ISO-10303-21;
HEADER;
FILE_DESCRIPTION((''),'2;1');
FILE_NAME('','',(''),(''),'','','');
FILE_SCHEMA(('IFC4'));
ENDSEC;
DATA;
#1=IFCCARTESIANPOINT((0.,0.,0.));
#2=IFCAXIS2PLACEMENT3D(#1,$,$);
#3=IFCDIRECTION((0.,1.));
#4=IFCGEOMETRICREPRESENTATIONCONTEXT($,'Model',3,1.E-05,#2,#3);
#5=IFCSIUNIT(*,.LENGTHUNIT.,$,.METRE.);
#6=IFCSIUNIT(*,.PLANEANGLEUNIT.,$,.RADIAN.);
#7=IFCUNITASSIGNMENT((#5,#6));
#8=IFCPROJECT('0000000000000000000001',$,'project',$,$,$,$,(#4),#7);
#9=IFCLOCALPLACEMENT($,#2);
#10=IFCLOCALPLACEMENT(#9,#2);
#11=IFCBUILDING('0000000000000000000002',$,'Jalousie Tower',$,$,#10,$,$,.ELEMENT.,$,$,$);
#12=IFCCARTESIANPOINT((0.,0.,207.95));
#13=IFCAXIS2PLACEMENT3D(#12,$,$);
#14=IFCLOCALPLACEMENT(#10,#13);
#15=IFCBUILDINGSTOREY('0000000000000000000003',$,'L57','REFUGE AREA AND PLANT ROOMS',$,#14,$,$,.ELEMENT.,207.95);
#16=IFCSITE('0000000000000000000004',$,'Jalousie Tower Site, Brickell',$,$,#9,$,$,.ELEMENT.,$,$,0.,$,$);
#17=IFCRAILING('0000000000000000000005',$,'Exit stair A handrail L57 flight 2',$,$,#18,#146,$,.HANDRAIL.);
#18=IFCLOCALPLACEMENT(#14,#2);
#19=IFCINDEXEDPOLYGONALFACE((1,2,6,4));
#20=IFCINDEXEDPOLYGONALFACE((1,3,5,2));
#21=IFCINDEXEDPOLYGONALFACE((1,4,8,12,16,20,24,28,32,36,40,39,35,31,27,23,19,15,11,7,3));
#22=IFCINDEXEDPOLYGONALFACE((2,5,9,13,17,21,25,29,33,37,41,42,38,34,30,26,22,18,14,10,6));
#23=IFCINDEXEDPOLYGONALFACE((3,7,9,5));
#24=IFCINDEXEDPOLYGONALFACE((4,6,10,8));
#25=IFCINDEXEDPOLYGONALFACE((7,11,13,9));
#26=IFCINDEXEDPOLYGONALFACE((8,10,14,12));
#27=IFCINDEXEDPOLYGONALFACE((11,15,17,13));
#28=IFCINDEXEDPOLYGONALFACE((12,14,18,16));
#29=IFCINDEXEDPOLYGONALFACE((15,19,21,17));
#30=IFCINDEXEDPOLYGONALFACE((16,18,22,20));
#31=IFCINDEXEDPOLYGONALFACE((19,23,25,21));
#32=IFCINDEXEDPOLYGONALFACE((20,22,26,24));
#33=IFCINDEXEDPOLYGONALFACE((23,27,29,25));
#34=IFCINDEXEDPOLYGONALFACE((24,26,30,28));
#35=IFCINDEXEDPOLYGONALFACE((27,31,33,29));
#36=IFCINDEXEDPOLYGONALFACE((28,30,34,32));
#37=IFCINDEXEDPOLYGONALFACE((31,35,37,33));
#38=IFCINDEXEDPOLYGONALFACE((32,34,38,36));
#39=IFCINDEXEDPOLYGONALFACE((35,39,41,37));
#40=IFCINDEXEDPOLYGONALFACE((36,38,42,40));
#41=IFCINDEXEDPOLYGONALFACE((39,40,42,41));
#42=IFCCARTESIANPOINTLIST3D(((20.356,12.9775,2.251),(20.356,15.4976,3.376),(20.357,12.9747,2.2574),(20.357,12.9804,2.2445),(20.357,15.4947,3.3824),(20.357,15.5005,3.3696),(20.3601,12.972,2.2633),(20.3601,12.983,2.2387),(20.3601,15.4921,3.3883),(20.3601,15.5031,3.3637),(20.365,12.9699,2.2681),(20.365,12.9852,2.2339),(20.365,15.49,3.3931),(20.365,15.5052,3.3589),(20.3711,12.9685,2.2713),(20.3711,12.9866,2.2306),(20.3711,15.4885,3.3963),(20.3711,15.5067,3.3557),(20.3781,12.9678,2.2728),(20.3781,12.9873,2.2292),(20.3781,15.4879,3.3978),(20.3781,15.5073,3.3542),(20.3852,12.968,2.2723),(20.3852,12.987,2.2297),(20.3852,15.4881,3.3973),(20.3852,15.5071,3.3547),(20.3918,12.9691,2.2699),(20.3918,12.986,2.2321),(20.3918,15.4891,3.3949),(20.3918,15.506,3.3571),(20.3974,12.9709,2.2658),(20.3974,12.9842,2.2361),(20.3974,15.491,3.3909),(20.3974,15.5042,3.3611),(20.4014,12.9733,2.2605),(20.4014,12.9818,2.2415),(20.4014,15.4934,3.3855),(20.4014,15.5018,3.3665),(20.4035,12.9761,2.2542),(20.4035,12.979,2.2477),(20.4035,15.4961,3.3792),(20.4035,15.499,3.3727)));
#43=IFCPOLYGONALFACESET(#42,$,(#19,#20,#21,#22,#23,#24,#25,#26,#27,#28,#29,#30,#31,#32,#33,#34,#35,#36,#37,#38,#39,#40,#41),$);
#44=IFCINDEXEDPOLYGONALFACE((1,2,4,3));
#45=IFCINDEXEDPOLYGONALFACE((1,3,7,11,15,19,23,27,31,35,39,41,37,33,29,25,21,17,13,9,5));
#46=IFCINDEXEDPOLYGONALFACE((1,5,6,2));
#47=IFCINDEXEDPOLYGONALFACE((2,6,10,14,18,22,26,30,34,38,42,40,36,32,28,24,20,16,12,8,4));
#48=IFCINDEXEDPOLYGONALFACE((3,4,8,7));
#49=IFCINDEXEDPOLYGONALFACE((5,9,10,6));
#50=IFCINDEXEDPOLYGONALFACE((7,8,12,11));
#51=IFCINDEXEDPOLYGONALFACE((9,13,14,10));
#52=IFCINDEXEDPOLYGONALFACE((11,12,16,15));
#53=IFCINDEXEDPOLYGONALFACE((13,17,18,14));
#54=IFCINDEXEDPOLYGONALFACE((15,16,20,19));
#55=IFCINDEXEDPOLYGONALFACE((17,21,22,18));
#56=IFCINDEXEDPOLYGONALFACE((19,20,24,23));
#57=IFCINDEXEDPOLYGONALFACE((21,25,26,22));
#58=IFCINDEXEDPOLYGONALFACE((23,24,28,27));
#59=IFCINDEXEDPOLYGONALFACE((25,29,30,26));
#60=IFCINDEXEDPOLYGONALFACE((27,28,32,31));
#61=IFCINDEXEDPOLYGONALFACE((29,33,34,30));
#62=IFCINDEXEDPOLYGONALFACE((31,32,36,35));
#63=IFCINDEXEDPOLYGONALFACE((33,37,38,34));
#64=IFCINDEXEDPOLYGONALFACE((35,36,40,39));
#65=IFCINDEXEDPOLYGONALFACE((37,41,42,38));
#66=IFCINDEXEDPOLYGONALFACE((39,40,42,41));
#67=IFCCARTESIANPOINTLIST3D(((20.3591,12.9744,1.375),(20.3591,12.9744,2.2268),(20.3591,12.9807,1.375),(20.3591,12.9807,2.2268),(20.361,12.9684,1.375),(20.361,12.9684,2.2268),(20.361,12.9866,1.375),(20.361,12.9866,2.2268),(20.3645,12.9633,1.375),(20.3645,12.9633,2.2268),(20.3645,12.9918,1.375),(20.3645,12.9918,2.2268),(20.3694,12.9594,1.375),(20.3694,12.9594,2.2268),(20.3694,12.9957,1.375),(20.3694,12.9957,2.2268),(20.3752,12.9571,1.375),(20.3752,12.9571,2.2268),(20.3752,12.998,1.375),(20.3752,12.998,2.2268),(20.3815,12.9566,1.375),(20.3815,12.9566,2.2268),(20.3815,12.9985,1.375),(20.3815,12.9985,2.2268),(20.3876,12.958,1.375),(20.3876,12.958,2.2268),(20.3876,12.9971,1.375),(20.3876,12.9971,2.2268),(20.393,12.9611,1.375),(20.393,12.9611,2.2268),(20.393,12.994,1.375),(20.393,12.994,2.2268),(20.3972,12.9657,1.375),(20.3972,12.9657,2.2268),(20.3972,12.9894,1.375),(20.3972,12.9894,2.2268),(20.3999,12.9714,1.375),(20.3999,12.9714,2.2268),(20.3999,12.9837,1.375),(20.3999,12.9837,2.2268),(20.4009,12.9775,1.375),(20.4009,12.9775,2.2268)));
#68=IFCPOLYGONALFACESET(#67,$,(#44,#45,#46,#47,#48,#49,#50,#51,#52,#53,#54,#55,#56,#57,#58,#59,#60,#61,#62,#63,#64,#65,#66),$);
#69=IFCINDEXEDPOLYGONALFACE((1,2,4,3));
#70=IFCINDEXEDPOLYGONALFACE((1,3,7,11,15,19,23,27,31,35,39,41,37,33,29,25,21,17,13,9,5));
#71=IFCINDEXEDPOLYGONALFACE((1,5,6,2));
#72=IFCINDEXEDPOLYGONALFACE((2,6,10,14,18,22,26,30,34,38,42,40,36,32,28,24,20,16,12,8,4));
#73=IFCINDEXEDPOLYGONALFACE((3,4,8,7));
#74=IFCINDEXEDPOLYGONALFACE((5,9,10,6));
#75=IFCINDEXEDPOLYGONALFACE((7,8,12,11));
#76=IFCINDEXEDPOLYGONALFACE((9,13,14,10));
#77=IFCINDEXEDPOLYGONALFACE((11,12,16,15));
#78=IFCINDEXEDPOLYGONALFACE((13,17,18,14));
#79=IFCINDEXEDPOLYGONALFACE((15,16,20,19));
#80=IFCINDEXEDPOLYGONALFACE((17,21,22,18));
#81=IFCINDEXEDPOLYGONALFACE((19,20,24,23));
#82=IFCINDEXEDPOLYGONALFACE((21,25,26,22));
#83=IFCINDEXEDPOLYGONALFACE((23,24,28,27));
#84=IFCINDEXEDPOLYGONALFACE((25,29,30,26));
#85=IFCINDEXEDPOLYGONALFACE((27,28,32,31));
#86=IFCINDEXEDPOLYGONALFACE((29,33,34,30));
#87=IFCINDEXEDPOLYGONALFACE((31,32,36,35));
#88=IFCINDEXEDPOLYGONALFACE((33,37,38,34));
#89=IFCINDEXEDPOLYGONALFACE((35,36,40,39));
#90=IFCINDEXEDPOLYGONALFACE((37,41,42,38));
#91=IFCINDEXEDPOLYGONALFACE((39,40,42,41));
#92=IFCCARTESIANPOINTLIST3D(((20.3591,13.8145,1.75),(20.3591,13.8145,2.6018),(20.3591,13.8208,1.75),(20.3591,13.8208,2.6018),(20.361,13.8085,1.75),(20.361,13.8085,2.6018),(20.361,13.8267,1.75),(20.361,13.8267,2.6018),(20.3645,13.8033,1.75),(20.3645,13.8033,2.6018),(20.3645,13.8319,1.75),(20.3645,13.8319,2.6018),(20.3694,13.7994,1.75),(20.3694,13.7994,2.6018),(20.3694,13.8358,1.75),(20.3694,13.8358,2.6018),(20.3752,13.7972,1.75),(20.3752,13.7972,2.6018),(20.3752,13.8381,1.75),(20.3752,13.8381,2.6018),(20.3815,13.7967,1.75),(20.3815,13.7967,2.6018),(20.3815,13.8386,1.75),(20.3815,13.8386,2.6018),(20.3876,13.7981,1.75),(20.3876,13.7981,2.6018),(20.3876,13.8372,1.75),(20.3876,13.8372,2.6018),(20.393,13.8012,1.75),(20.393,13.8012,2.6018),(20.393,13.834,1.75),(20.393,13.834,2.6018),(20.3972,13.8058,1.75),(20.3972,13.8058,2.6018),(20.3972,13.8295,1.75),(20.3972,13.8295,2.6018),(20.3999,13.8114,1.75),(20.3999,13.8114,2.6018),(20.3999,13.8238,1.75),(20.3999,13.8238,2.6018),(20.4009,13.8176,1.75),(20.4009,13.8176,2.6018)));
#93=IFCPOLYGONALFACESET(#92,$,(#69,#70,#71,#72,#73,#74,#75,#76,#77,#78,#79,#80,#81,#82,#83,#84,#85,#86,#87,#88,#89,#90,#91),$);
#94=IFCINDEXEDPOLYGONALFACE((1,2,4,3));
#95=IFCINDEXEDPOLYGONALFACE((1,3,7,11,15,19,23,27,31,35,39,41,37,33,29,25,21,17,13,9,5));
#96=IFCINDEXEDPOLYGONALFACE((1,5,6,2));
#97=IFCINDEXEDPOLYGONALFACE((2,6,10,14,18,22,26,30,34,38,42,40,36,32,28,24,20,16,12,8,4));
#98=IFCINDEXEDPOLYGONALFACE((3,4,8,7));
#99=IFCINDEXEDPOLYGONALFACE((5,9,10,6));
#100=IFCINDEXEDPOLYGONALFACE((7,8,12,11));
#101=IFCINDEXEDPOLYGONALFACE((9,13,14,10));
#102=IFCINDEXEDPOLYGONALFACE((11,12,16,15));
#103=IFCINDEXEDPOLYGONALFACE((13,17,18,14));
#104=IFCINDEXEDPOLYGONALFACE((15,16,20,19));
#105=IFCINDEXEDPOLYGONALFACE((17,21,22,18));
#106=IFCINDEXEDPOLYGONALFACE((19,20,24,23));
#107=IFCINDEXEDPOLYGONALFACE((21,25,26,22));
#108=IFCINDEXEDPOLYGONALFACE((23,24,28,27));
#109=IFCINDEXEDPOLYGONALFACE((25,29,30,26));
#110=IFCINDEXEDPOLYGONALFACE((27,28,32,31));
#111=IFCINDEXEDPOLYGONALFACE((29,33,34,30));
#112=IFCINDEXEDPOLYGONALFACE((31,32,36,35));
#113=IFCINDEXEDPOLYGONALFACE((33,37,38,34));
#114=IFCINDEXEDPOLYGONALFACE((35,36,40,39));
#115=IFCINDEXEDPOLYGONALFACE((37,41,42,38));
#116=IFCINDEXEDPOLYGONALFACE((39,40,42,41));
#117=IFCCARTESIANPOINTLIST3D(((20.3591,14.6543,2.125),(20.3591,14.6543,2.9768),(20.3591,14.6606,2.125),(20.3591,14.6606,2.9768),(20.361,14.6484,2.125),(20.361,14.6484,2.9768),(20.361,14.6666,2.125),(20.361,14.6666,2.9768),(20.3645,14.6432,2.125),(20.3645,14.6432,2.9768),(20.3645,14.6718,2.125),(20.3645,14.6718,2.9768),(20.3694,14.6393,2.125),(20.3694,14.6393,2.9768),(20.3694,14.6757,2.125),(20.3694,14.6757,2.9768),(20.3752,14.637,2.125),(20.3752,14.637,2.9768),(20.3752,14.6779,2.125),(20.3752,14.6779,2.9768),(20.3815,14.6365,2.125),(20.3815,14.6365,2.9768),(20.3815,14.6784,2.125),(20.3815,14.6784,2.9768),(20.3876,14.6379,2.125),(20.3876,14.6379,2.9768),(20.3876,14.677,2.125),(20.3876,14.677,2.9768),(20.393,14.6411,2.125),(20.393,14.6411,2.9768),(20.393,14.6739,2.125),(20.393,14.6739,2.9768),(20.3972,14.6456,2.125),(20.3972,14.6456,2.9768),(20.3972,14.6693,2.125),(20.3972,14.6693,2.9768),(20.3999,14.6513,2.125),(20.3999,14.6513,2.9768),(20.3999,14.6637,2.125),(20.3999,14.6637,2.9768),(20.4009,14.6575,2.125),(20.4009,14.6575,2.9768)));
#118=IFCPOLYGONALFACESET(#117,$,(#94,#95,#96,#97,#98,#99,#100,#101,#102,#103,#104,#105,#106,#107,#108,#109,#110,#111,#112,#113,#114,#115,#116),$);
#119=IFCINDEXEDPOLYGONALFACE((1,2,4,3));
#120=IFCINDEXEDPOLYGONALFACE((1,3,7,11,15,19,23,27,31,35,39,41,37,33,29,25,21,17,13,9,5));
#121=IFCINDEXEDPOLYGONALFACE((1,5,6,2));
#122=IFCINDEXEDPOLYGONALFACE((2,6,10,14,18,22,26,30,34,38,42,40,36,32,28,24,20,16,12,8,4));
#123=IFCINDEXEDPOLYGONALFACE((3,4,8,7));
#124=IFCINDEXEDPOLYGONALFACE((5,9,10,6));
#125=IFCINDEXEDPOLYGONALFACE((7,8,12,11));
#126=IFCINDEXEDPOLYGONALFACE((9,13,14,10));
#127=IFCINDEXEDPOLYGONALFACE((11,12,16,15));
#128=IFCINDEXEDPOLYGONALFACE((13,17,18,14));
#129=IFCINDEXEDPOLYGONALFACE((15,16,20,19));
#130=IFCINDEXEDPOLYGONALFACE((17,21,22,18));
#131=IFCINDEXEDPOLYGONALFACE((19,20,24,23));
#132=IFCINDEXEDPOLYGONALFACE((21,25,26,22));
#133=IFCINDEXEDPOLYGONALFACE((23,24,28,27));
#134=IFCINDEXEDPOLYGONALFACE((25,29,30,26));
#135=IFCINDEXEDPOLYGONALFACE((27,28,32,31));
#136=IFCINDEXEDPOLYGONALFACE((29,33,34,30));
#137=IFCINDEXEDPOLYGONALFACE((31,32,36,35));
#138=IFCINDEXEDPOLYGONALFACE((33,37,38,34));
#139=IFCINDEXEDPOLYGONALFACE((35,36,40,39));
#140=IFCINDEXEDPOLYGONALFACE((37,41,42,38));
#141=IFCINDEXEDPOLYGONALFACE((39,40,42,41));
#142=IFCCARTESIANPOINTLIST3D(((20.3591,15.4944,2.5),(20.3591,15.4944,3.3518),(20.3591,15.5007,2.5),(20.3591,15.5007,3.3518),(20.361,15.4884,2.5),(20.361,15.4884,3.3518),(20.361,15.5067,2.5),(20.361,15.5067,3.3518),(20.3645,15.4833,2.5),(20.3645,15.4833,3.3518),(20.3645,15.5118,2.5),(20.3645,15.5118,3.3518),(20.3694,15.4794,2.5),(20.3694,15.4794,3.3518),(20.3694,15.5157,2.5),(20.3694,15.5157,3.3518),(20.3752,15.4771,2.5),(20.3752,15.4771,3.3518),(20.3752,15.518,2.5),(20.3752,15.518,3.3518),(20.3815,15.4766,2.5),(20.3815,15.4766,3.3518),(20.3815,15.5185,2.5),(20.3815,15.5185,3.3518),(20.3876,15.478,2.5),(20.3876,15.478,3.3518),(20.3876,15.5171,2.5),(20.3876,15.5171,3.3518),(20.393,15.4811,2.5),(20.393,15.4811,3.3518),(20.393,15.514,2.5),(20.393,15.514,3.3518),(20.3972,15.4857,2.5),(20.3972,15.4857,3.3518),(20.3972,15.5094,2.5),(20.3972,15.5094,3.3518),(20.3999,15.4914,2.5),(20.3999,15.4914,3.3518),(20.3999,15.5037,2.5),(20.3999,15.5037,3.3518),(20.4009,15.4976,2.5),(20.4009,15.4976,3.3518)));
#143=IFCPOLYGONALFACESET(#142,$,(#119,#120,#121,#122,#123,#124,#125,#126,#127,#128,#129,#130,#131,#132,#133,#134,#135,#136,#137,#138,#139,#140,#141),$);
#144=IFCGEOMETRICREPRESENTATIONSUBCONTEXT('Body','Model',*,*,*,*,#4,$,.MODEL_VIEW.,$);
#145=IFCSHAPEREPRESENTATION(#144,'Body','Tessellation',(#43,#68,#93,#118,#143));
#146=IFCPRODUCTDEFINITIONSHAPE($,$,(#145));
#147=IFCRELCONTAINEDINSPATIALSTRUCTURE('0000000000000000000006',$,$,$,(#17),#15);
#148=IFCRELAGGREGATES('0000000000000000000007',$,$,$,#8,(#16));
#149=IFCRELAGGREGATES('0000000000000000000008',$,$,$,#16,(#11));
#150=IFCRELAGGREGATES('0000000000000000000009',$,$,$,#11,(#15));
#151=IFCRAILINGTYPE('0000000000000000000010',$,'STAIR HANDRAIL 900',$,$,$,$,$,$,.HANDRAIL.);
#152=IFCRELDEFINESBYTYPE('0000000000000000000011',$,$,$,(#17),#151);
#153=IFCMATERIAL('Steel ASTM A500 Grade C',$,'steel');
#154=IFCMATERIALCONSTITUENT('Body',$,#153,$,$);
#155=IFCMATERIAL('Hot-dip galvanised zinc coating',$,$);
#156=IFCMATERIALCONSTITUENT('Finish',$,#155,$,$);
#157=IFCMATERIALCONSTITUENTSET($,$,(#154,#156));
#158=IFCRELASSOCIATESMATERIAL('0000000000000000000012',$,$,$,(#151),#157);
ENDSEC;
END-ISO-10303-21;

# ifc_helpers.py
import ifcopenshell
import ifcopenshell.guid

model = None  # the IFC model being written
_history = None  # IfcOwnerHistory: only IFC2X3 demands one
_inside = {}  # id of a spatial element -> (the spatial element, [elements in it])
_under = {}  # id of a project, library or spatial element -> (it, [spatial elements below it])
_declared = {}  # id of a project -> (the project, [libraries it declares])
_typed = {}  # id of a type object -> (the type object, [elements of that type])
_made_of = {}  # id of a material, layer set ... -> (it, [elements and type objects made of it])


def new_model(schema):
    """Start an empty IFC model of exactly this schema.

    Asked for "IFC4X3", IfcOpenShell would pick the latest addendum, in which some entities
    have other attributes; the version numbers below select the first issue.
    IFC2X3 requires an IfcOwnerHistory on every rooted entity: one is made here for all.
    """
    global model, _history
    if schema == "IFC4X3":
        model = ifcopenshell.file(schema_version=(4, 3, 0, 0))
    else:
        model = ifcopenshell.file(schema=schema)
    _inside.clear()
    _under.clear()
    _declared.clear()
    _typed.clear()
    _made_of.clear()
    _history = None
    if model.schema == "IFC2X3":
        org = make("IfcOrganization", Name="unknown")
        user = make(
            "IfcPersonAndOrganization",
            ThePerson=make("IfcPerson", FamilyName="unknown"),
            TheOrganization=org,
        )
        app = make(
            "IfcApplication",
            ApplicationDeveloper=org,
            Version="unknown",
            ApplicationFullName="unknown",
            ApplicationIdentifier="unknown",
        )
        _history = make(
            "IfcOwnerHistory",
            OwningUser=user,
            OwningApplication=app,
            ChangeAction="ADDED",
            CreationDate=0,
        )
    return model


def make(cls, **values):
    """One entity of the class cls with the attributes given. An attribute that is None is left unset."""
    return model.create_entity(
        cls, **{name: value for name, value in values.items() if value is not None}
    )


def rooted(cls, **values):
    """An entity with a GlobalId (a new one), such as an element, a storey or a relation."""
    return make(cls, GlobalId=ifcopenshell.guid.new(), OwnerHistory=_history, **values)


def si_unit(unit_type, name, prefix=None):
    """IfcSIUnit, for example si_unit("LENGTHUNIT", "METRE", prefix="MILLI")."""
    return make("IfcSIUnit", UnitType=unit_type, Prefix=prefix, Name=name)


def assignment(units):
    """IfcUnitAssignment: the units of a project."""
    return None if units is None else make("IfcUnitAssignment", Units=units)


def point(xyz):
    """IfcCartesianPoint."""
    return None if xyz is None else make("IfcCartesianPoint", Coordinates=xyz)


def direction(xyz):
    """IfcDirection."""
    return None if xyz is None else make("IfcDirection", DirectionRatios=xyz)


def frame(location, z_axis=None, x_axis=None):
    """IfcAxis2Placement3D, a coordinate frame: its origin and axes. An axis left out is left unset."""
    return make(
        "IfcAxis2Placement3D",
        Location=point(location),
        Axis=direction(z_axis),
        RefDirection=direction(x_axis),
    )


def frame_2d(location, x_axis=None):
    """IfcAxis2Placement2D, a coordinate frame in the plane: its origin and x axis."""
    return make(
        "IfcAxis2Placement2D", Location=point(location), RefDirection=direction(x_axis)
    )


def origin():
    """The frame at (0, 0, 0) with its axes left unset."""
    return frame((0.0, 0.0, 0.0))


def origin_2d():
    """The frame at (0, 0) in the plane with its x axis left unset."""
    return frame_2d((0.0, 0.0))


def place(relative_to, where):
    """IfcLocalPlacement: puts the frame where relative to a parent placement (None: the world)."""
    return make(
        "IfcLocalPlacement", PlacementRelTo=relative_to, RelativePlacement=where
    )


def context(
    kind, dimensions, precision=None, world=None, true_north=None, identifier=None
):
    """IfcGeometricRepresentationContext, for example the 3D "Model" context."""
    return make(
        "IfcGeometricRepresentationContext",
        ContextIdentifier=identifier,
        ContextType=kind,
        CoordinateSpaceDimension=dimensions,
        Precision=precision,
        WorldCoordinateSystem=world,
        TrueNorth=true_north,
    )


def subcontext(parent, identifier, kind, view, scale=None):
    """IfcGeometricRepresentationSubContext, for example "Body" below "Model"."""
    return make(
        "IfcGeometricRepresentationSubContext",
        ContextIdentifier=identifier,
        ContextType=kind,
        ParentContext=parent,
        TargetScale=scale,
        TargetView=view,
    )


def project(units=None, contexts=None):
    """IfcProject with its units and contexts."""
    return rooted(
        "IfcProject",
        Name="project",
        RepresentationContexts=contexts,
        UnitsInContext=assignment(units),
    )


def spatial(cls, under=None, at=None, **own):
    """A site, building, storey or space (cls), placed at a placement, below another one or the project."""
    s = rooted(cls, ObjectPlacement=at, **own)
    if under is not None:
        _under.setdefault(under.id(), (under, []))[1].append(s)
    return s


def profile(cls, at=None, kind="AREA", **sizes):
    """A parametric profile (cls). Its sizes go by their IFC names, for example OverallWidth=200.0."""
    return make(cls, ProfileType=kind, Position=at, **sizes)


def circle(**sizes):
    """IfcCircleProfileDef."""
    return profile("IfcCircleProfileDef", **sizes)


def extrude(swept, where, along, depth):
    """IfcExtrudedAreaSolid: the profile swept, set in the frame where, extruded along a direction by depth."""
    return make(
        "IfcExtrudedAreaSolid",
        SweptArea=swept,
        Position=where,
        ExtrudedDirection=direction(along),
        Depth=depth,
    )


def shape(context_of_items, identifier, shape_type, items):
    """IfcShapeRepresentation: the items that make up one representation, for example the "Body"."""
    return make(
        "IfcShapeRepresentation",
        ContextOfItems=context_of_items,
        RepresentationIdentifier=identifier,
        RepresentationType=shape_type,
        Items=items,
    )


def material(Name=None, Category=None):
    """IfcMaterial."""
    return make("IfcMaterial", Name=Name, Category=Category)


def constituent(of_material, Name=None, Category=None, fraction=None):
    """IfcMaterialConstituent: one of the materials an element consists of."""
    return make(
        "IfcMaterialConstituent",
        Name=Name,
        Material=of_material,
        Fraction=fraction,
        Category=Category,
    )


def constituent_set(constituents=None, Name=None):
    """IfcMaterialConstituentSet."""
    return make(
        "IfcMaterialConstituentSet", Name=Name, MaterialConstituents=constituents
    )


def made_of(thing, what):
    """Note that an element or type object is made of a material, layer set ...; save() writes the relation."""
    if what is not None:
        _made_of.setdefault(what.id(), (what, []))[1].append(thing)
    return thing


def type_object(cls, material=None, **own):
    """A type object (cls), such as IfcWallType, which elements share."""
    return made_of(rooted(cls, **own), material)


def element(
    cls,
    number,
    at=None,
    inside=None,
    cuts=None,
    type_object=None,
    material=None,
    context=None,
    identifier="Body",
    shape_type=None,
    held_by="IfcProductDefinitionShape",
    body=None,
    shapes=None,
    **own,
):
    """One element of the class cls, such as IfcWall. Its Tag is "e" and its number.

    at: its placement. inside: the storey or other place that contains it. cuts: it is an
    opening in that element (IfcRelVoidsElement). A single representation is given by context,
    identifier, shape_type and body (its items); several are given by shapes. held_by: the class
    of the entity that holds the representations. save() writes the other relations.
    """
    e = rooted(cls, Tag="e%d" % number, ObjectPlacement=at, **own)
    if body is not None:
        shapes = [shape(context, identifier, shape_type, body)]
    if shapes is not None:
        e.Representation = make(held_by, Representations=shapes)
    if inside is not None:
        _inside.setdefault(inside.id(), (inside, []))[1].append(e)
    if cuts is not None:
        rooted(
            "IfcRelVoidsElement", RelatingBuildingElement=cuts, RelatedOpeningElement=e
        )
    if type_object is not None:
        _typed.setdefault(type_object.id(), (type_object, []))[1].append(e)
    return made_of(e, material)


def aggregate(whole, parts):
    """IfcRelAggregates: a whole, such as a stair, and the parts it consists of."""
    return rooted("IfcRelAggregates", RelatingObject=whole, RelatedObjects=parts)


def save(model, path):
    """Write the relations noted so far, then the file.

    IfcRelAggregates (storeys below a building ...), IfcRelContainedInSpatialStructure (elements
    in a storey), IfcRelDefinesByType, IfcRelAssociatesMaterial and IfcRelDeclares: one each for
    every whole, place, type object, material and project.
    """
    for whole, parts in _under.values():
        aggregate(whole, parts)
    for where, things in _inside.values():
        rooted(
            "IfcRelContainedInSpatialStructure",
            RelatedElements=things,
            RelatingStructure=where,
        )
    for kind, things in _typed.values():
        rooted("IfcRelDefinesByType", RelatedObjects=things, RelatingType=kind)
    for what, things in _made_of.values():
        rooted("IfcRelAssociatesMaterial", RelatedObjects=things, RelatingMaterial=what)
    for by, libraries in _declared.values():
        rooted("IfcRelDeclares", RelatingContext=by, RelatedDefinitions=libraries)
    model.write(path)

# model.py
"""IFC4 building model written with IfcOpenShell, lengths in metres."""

from ifc_helpers import new_model, si_unit, direction, frame, origin, origin_2d, place, context, subcontext, project, spatial, circle, extrude, material, constituent, constituent_set, type_object, element, save


model = new_model("IFC4")

# Units and contexts
model_context = context("Model", 3, precision=1e-05, world=origin(), true_north=direction((0.0, 1.0)))
body_context = subcontext(model_context, "Body", "Model", "MODEL_VIEW")
ifc_project = project(units=[si_unit("LENGTHUNIT", "METRE"), si_unit("PLANEANGLEUNIT", "RADIAN")], contexts=[model_context])

# Site, building, storey
site_placement = place(None, origin())
site = spatial("IfcSite", under=ifc_project, at=site_placement, Name="Jalousie Tower Site, Brickell", CompositionType="ELEMENT", RefElevation=0.0)
building_placement = place(site_placement, origin())
building = spatial("IfcBuilding", under=site, at=building_placement, Name="Jalousie Tower", CompositionType="ELEMENT")
storey_placement = place(building_placement, frame((0.0, 0.0, 207.95)))
storey = spatial("IfcBuildingStorey", under=building, at=storey_placement, Name="L57", Description="REFUGE AREA AND PLANT ROOMS", CompositionType="ELEMENT", Elevation=207.95)

# Railing
ifc_material_1 = material(Name="Steel ASTM A500 Grade C", Category="steel")
ifc_constituent_1 = constituent(ifc_material_1, Name="Body")
ifc_material_2 = material(Name="Hot-dip galvanised zinc coating")
ifc_constituent_2 = constituent(ifc_material_2, Name="Finish")
ifc_constituent_set_1 = constituent_set(constituents=[ifc_constituent_1, ifc_constituent_2])
railing_type_1 = type_object("IfcRailingType", Name="STAIR HANDRAIL 900", PredefinedType="HANDRAIL", material=ifc_constituent_set_1)
for number, where, name in (
    (1, (20.3799, 12.9775, 1.375), "Exit stair A handrail L57 flight 2"),
):
    element("IfcRailing", number, at=place(storey_placement, frame(where)), inside=storey, type_object=railing_type_1, Name=name, PredefinedType="HANDRAIL", context=body_context, shape_type="SweptSolid", body=[
        extrude(circle(Radius=0.0239, at=origin_2d()), frame((0.0, 0.0, 0.876), z_axis=(0.0, 0.913139, 0.407648), x_axis=(-1.0, 0.0, 0.0)), (0.0, 0.0, 1.0), 2.7598),
        extrude(circle(Radius=0.021, at=origin_2d()), origin(), (0.0, 0.0, 1.0), 0.8518),
        extrude(circle(Radius=0.021, at=origin_2d()), frame((0.0, 0.8401, 0.375)), (0.0, 0.0, 1.0), 0.8518),
        extrude(circle(Radius=0.021, at=origin_2d()), frame((0.0, 1.6799, 0.75)), (0.0, 0.0, 1.0), 0.8518),
        extrude(circle(Radius=0.021, at=origin_2d()), frame((0.0, 2.52, 1.125)), (0.0, 0.0, 1.0), 0.8518),
    ])

save(model, "model.ifc")
